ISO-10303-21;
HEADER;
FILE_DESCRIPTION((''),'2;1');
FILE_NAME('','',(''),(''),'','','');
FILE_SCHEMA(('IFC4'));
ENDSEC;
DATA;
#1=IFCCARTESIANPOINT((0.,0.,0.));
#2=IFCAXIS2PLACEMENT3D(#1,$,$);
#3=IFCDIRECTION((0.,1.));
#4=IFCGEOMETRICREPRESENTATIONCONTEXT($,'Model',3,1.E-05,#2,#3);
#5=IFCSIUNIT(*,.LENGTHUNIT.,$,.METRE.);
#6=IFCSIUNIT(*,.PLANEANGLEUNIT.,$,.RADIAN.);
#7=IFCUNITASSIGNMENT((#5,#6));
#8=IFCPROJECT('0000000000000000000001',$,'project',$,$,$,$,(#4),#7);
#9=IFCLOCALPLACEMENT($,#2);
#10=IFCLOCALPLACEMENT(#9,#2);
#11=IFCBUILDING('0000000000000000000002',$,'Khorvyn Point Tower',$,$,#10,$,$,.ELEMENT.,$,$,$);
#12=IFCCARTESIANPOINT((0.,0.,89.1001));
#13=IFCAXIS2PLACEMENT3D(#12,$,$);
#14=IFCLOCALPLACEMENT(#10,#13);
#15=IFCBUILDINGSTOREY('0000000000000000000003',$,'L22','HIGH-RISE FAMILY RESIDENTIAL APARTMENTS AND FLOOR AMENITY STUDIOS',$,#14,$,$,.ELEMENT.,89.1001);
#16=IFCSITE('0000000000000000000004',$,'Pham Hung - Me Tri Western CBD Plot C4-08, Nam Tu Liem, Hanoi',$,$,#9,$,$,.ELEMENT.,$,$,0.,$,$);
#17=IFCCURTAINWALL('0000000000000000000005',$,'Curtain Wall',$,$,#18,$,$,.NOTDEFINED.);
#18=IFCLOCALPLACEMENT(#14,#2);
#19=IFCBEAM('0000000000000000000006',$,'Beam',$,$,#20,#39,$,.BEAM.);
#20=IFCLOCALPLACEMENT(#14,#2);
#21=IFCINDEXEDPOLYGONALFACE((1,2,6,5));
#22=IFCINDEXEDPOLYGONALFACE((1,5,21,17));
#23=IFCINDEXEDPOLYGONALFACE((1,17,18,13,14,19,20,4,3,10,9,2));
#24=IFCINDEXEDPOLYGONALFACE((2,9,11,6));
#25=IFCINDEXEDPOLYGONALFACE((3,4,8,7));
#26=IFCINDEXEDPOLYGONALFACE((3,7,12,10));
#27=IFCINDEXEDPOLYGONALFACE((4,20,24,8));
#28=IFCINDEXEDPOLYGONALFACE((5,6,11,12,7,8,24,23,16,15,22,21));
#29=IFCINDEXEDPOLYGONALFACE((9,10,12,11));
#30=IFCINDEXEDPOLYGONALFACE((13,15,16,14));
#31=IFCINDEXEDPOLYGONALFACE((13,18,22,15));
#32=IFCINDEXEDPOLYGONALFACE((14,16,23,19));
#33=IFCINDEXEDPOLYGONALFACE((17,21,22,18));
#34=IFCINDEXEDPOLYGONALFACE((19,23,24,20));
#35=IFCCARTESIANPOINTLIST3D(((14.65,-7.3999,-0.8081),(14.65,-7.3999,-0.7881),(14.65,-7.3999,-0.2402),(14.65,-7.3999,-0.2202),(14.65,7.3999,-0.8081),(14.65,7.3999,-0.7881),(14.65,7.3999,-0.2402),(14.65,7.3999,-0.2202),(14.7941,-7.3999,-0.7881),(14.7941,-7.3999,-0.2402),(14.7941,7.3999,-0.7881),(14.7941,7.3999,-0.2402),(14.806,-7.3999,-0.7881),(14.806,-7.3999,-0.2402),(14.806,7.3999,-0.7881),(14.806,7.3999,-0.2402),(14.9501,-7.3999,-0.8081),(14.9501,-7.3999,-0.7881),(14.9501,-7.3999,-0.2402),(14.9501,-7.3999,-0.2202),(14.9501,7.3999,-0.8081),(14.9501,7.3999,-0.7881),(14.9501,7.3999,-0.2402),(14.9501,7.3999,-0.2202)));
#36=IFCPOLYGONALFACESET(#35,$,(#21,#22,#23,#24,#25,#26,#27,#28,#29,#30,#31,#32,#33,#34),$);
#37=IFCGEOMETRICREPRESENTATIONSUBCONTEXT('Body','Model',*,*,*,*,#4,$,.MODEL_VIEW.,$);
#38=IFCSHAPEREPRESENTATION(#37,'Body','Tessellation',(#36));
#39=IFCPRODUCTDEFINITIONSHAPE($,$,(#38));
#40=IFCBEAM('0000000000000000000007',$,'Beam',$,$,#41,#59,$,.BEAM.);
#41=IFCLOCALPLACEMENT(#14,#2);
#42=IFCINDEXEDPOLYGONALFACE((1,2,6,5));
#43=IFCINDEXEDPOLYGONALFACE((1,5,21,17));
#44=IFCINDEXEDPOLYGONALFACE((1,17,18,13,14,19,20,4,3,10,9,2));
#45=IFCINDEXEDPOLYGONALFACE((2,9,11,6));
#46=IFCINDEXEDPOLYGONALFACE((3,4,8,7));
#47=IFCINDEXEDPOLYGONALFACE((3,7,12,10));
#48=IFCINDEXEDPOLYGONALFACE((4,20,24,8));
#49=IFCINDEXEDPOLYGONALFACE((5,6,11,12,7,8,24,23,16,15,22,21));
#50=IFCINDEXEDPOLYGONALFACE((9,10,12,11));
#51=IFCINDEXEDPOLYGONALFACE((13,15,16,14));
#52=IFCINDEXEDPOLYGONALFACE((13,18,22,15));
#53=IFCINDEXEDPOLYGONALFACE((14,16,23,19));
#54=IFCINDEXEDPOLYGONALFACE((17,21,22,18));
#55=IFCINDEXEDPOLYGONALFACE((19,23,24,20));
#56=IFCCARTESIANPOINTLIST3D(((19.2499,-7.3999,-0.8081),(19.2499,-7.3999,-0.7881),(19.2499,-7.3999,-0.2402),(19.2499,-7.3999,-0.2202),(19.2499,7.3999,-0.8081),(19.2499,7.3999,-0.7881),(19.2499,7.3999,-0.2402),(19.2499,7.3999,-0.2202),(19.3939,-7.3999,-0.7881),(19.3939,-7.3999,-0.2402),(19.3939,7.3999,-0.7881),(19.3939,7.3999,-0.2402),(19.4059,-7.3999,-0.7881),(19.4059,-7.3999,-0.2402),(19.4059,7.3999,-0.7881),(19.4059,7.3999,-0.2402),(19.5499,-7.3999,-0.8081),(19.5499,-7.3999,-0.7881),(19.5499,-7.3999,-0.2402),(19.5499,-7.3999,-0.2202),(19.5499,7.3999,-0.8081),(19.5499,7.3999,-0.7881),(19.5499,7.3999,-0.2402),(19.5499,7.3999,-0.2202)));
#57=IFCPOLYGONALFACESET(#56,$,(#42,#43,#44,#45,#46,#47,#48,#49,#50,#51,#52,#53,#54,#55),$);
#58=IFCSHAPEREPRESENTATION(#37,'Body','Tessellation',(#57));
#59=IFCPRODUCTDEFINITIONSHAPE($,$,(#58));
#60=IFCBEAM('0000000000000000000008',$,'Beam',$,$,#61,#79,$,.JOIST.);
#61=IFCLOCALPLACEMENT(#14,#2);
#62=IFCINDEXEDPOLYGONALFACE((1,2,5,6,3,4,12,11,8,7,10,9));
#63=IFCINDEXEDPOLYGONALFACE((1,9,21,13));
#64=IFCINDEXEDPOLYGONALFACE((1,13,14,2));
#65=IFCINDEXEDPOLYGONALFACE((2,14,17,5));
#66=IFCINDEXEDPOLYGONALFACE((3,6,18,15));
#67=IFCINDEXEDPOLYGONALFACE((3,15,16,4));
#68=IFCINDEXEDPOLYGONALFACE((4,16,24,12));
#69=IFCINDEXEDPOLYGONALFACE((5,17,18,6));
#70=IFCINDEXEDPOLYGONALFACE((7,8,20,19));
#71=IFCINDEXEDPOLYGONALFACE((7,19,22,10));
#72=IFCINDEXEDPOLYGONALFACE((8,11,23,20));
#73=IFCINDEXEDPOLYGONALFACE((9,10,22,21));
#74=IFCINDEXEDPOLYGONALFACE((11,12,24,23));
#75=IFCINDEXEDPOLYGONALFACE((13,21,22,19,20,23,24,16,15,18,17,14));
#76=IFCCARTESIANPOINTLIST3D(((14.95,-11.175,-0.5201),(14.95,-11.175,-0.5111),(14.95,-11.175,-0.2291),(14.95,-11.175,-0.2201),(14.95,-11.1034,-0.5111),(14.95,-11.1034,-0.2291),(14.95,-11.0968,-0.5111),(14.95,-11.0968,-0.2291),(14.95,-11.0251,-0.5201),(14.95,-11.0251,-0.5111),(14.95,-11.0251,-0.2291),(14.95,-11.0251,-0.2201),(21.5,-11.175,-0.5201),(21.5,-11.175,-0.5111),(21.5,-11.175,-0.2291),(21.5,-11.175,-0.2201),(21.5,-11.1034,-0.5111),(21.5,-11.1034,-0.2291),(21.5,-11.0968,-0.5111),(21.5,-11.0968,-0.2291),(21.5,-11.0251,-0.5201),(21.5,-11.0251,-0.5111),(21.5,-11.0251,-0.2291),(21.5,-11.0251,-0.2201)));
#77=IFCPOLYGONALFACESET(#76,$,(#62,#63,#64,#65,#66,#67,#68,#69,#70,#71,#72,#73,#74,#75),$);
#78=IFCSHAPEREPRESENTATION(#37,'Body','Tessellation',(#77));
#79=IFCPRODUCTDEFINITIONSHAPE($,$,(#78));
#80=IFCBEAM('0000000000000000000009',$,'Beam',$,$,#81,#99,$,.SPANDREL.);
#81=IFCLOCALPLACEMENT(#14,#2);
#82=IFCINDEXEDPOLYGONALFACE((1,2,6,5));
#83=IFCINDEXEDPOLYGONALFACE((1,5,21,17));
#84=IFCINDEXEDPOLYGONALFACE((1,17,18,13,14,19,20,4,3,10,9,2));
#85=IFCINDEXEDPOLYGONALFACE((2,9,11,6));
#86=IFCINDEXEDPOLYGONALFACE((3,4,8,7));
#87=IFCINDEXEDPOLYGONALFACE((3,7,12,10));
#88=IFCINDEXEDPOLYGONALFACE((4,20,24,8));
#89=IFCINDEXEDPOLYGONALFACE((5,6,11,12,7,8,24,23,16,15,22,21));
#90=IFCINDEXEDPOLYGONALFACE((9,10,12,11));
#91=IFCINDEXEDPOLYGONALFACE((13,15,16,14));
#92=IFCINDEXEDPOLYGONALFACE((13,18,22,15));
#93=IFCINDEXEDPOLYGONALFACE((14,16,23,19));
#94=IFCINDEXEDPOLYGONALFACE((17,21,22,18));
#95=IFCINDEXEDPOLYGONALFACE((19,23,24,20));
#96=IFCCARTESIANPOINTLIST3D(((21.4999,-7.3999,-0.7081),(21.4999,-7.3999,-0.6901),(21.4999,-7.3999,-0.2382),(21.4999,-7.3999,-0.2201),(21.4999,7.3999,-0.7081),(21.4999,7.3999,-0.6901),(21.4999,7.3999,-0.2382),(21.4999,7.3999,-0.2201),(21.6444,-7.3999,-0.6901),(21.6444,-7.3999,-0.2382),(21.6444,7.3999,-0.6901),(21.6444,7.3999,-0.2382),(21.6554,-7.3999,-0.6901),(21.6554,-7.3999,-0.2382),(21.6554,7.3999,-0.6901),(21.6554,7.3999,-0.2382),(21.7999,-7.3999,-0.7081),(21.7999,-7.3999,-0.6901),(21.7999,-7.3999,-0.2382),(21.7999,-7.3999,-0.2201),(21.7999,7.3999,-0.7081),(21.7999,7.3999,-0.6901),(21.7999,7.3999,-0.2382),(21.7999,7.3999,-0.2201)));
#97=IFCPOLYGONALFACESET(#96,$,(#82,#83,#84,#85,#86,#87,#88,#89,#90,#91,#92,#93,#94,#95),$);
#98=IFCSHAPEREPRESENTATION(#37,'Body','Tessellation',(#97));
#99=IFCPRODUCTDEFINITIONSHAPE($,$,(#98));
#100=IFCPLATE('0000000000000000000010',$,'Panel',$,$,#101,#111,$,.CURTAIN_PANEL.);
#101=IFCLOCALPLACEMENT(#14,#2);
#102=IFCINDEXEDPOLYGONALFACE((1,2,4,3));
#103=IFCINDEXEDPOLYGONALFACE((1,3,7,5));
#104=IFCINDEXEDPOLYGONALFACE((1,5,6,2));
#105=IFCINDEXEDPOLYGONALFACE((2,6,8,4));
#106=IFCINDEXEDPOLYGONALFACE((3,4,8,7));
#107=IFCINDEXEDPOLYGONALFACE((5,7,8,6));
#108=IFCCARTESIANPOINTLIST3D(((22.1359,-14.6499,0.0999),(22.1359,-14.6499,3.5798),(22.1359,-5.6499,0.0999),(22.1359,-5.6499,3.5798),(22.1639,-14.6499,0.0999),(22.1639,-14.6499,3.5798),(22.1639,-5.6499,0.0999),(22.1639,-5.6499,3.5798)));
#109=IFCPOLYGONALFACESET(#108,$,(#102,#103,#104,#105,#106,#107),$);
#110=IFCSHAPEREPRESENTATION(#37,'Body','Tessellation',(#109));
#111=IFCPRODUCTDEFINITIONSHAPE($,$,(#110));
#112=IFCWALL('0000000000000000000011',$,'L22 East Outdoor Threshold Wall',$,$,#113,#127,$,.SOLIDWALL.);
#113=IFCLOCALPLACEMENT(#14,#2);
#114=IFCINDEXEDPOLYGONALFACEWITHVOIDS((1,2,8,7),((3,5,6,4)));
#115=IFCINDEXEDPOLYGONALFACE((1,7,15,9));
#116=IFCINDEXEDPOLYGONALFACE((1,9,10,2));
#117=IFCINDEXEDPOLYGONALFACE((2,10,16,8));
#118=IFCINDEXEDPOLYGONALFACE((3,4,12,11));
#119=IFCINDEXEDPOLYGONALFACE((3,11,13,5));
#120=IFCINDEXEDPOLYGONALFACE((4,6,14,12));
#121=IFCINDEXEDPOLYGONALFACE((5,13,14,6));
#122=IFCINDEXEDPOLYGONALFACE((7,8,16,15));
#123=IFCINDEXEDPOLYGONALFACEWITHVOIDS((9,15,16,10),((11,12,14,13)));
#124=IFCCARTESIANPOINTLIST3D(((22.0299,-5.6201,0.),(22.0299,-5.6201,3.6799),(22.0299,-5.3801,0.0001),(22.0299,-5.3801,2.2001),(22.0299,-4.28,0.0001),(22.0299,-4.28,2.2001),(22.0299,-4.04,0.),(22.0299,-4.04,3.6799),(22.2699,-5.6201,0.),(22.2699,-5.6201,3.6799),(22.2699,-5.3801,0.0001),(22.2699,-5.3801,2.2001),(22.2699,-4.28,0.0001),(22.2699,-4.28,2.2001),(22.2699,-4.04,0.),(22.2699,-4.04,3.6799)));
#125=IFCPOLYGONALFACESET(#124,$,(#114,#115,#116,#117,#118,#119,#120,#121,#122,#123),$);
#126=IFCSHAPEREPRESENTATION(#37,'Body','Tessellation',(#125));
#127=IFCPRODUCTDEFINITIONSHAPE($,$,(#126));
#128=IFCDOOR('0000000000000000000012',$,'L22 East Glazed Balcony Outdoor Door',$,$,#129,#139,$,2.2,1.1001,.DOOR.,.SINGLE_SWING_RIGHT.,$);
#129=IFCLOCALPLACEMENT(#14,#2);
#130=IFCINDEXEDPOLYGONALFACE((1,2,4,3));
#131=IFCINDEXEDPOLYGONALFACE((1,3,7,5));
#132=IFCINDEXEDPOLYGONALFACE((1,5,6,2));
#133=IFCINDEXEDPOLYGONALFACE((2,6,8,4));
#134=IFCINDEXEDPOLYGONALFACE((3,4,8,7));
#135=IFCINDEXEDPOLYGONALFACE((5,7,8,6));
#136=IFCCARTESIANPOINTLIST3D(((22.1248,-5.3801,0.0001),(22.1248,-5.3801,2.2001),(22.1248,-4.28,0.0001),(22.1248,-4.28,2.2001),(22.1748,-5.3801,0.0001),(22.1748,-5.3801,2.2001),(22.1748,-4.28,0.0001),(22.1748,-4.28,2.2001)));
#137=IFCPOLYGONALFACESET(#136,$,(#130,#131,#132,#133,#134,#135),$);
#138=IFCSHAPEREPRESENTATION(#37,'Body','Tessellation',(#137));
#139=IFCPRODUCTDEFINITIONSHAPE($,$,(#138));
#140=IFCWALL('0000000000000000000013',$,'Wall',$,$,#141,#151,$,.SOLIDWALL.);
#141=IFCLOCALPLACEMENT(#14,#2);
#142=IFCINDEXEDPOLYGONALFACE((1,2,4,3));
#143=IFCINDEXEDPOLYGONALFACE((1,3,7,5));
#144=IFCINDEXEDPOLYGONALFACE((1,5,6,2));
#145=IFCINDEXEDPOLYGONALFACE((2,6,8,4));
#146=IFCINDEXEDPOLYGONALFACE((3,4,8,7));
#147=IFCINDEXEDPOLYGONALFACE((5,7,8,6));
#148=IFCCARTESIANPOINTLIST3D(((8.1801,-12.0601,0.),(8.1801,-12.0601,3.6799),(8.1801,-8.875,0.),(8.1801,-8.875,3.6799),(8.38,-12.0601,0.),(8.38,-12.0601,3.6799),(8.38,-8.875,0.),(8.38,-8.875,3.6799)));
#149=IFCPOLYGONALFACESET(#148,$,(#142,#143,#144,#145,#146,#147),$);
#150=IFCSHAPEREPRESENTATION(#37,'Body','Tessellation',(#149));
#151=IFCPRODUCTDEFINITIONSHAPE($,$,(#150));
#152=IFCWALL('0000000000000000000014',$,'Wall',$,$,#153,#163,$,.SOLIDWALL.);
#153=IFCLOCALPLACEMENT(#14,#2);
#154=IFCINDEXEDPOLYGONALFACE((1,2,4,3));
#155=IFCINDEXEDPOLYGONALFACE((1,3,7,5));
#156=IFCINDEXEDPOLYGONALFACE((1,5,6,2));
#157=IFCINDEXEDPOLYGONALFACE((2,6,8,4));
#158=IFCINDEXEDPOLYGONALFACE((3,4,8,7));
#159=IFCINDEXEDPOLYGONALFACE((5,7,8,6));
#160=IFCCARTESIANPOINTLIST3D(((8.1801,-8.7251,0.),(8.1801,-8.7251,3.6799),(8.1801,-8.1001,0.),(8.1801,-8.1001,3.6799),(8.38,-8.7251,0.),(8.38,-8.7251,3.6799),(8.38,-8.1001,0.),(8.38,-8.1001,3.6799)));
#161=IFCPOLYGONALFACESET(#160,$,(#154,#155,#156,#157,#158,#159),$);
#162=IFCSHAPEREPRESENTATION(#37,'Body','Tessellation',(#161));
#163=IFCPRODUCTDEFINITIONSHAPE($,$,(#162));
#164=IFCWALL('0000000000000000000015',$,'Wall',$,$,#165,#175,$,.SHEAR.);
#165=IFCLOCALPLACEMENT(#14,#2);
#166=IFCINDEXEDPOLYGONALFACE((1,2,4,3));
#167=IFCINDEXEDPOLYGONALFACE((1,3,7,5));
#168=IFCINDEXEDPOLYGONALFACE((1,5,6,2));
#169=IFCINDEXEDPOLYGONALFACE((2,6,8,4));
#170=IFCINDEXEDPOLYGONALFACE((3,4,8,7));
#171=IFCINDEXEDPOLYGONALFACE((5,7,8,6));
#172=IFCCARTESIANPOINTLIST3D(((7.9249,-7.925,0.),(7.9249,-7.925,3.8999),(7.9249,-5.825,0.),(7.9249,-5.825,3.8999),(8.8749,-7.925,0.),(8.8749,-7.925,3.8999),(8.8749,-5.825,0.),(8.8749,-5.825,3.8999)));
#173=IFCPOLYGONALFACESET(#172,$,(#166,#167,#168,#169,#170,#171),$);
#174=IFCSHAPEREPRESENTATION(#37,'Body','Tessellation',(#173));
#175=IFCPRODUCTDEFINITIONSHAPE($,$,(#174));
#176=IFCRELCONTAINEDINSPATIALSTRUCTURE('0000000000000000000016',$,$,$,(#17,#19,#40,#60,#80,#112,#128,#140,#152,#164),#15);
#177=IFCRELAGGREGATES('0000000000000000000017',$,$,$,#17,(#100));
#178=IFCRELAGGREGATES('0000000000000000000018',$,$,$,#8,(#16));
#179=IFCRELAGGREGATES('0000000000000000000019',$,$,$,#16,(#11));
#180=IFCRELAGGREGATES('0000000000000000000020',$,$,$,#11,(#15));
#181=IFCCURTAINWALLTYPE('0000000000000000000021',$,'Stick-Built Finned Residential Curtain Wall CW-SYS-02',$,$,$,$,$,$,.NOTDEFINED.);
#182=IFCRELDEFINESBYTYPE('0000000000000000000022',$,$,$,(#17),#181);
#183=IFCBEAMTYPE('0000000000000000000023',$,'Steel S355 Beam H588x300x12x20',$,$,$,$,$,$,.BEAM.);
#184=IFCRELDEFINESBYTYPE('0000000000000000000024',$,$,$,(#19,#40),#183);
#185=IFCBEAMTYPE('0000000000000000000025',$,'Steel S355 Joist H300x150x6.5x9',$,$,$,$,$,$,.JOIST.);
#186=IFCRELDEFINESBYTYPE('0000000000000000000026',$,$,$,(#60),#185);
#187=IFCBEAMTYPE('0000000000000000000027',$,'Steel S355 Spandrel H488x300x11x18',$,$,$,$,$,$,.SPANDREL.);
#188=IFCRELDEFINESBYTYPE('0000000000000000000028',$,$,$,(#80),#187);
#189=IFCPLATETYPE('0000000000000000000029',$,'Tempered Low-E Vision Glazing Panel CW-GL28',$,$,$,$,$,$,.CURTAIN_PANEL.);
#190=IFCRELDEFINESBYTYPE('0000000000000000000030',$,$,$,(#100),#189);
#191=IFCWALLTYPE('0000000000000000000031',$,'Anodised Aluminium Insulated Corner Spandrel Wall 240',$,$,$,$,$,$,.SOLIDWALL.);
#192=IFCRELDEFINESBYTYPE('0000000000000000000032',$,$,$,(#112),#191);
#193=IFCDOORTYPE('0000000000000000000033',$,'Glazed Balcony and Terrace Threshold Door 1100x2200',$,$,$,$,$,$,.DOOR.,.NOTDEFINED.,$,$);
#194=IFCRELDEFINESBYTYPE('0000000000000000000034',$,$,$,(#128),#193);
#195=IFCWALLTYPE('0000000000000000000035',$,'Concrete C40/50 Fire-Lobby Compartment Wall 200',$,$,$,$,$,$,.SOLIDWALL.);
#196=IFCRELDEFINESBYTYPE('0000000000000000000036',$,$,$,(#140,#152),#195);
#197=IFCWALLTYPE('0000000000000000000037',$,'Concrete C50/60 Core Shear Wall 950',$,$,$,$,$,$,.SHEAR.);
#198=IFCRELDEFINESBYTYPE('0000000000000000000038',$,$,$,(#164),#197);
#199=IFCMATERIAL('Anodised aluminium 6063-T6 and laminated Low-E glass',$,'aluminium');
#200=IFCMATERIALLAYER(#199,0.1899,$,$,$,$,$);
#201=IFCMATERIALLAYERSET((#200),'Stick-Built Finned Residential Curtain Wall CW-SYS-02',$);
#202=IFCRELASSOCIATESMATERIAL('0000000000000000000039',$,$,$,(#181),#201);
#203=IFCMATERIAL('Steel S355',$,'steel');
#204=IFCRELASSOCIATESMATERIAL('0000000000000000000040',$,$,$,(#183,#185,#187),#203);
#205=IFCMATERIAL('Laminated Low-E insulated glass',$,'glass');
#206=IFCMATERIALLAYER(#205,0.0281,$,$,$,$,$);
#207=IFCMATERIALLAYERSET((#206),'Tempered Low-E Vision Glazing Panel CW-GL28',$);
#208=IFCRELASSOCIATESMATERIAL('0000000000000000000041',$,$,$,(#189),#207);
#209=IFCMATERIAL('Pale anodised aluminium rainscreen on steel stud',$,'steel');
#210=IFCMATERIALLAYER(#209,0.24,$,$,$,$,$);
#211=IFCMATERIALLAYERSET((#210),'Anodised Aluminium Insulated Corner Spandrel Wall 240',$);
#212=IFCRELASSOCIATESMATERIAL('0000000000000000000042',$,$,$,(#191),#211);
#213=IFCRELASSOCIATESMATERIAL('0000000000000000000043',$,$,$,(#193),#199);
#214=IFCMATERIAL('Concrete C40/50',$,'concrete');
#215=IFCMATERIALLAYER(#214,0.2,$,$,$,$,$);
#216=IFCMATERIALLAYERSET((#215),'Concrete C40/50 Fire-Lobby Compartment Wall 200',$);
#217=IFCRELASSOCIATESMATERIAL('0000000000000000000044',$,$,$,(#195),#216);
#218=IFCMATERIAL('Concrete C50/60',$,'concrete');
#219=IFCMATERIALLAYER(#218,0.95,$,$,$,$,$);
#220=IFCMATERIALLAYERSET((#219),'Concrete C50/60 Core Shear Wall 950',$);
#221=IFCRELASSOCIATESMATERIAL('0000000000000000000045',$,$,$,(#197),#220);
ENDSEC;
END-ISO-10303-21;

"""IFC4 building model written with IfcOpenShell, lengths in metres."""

from ifc_helpers import new_model, si_unit, direction, frame, frame_2d, origin, origin_2d, place, context, subcontext, project, spatial, rectangle, i_section, extrude, material, layer, layer_set, material_profile, profile_set, type_object, element, fill, aggregate, save


model = new_model("IFC4")

# Units and contexts
model_context = context("Model", 3, precision=1e-05, world=origin(), true_north=direction((0.0, 1.0)))
body_context = subcontext(model_context, "Body", "Model", "MODEL_VIEW")
ifc_project = project(units=[si_unit("LENGTHUNIT", "METRE"), si_unit("PLANEANGLEUNIT", "RADIAN")], contexts=[model_context])

# Site, building, storey
site_placement = place(None, origin())
site = spatial("IfcSite", under=ifc_project, at=site_placement, Name="Pham Hung - Me Tri Western CBD Plot C4-08, Nam Tu Liem, Hanoi", CompositionType="ELEMENT", RefElevation=0.0)
building_placement = place(site_placement, origin())
building = spatial("IfcBuilding", under=site, at=building_placement, Name="Khorvyn Point Tower", CompositionType="ELEMENT")
storey_placement = place(building_placement, frame((0.0, 0.0, 89.1001)))
storey = spatial("IfcBuildingStorey", under=building, at=storey_placement, Name="L22", Description="HIGH-RISE FAMILY RESIDENTIAL APARTMENTS AND FLOOR AMENITY STUDIOS", CompositionType="ELEMENT", Elevation=89.1001)

# Shared definitions
ifc_material_1 = material(Name="Concrete C50/60", Category="concrete")

# Shared definitions
ifc_material_2 = material(Name="Anodised aluminium 6063-T6 and laminated Low-E glass", Category="aluminium")
ifc_layer_1 = layer(ifc_material_2, 0.1899)
ifc_layer_set_1 = layer_set([ifc_layer_1], Name="Stick-Built Finned Residential Curtain Wall CW-SYS-02")
curtain_wall_type = type_object("IfcCurtainWallType", Name="Stick-Built Finned Residential Curtain Wall CW-SYS-02", PredefinedType="NOTDEFINED", material=ifc_layer_set_1)

# Curtain wall
curtain_wall_1_placement = place(storey_placement, origin())
curtain_wall_1 = element("IfcCurtainWall", 1, at=curtain_wall_1_placement, inside=storey, type_object=curtain_wall_type, Name="Curtain Wall", PredefinedType="NOTDEFINED")

# Beams
ifc_material_3 = material(Name="Steel S355", Category="steel")
ifc_material_profile_1 = material_profile(ifc_material_3, i_section(OverallWidth=0.3, OverallDepth=0.5879, WebThickness=0.012, FlangeThickness=0.02, at=origin_2d()))
ifc_profile_set_1 = profile_set([ifc_material_profile_1], Name="Steel S355 H588x300x12x20")
beam_type_1 = type_object("IfcBeamType", Name="Steel S355 Beam H588x300x12x20", PredefinedType="BEAM", material=ifc_profile_set_1)
for number, where, z_axis, x_axis, name in (
    (2, (14.8, -7.3999, -0.5142), (0.0, 1.0, 0.0), (-1.0, 0.0, 0.0), "Beam"),
    (3, (19.3999, -7.3999, -0.5142), (0.0, 1.0, 0.0), (-1.0, 0.0, 0.0), "Beam"),
):
    element("IfcBeam", number, at=place(storey_placement, frame(where, z_axis=z_axis, x_axis=x_axis)), inside=storey, type_object=beam_type_1, Name=name, PredefinedType="BEAM", context=body_context, shape_type="SweptSolid", body=[
        extrude(i_section(OverallWidth=0.3, OverallDepth=0.5879, WebThickness=0.012, FlangeThickness=0.02, at=origin_2d()), origin(), (0.0, 0.0, 1.0), 14.7998),
    ])
ifc_material_profile_2 = material_profile(ifc_material_3, i_section(OverallWidth=0.1499, OverallDepth=0.3, WebThickness=0.0066, FlangeThickness=0.009, at=origin_2d()))
ifc_profile_set_2 = profile_set([ifc_material_profile_2], Name="Steel S355 H300x150x6.5x9")
beam_type_2 = type_object("IfcBeamType", Name="Steel S355 Joist H300x150x6.5x9", PredefinedType="JOIST", material=ifc_profile_set_2)
beam_1_placement = place(storey_placement, frame((14.95, -11.1001, -0.3701), z_axis=(1.0, 0.0, 0.0), x_axis=(0.0, 1.0, 0.0)))
element("IfcBeam", 4, at=beam_1_placement, inside=storey, type_object=beam_type_2, Name="Beam", PredefinedType="JOIST", context=body_context, shape_type="SweptSolid", body=[
    extrude(i_section(OverallWidth=0.1499, OverallDepth=0.3, WebThickness=0.0066, FlangeThickness=0.009, at=origin_2d()), origin(), (0.0, 0.0, 1.0), 6.55),
])
ifc_material_profile_3 = material_profile(ifc_material_3, i_section(OverallWidth=0.3, OverallDepth=0.488, WebThickness=0.011, FlangeThickness=0.0181, at=origin_2d()))
ifc_profile_set_3 = profile_set([ifc_material_profile_3], Name="Steel S355 H488x300x11x18")
beam_type_3 = type_object("IfcBeamType", Name="Steel S355 Spandrel H488x300x11x18", PredefinedType="SPANDREL", material=ifc_profile_set_3)
beam_2_placement = place(storey_placement, frame((21.6499, -7.3999, -0.4641), z_axis=(0.0, 1.0, 0.0), x_axis=(-1.0, 0.0, 0.0)))
element("IfcBeam", 5, at=beam_2_placement, inside=storey, type_object=beam_type_3, Name="Beam", PredefinedType="SPANDREL", context=body_context, shape_type="SweptSolid", body=[
    extrude(i_section(OverallWidth=0.3, OverallDepth=0.488, WebThickness=0.011, FlangeThickness=0.0181, at=origin_2d()), origin(), (0.0, 0.0, 1.0), 14.7998),
])

# Plate
ifc_material_4 = material(Name="Laminated Low-E insulated glass", Category="glass")
ifc_layer_2 = layer(ifc_material_4, 0.0281)
ifc_layer_set_2 = layer_set([ifc_layer_2], Name="Tempered Low-E Vision Glazing Panel CW-GL28")
plate_type = type_object("IfcPlateType", Name="Tempered Low-E Vision Glazing Panel CW-GL28", PredefinedType="CURTAIN_PANEL", material=ifc_layer_set_2)
plate_placement = place(storey_placement, frame((22.1499, -10.1499, 0.0999), z_axis=(0.0, 0.0, 1.0), x_axis=(0.0, -1.0, 0.0)))
plate = element("IfcPlate", 6, at=plate_placement, type_object=plate_type, Name="Panel", PredefinedType="CURTAIN_PANEL", context=body_context, shape_type="SweptSolid", body=[
    extrude(rectangle(XDim=9.0, YDim=0.0281, at=origin_2d()), origin(), (0.0, 0.0, 1.0), 3.48),
])
aggregate(curtain_wall_1, [plate])

# Wall, opening, door
ifc_material_5 = material(Name="Pale anodised aluminium rainscreen on steel stud", Category="steel")
ifc_layer_3 = layer(ifc_material_5, 0.24)
ifc_layer_set_3 = layer_set([ifc_layer_3], Name="Anodised Aluminium Insulated Corner Spandrel Wall 240")
wall_type_1 = type_object("IfcWallType", Name="Anodised Aluminium Insulated Corner Spandrel Wall 240", PredefinedType="SOLIDWALL", material=ifc_layer_set_3)
wall_1_placement = place(storey_placement, frame((22.1499, -4.04, 0.0), z_axis=(0.0, 0.0, 1.0), x_axis=(0.0, -1.0, 0.0)))
wall_1 = element("IfcWall", 7, at=wall_1_placement, inside=storey, type_object=wall_type_1, Name="L22 East Outdoor Threshold Wall", PredefinedType="SOLIDWALL", context=body_context, shape_type="SweptSolid", body=[
    extrude(rectangle(XDim=1.5801, YDim=0.24, at=frame_2d((0.79, 0.0))), origin(), (0.0, 0.0, 1.0), 3.6799),
])
opening_placement = place(wall_1_placement, frame((0.24, 0.0, 0.0)))
opening = element("IfcOpeningElement", 8, at=opening_placement, cuts=wall_1, PredefinedType="OPENING", context=body_context, shape_type="SweptSolid", body=[
    extrude(rectangle(XDim=1.1001, YDim=2.2, at=frame_2d((0.55, 1.1001))), frame((0.0, 0.1299, 0.0), z_axis=(0.0, -1.0, 0.0), x_axis=(1.0, 0.0, 0.0)), (0.0, 0.0, 1.0), 0.26),
])
door_type = type_object("IfcDoorType", Name="Glazed Balcony and Terrace Threshold Door 1100x2200", OperationType="NOTDEFINED", PredefinedType="DOOR", material=ifc_material_2)
door_placement = place(opening_placement, origin())
door = element("IfcDoor", 9, at=door_placement, inside=storey, type_object=door_type, Name="L22 East Glazed Balcony Outdoor Door", OperationType="SINGLE_SWING_RIGHT", OverallHeight=2.2, OverallWidth=1.1001, PredefinedType="DOOR", context=body_context, shape_type="SweptSolid", body=[
    extrude(rectangle(XDim=1.1001, YDim=2.2, at=frame_2d((0.55, 1.1001))), frame((0.0, 0.0249, 0.0), z_axis=(0.0, -1.0, 0.0), x_axis=(1.0, 0.0, 0.0)), (0.0, 0.0, 1.0), 0.05),
])
fill(opening, door)

# Walls
ifc_material_6 = material(Name="Concrete C40/50", Category="concrete")
ifc_layer_4 = layer(ifc_material_6, 0.2)
ifc_layer_set_4 = layer_set([ifc_layer_4], Name="Concrete C40/50 Fire-Lobby Compartment Wall 200")
wall_type_2 = type_object("IfcWallType", Name="Concrete C40/50 Fire-Lobby Compartment Wall 200", PredefinedType="SOLIDWALL", material=ifc_layer_set_4)
wall_2_placement = place(storey_placement, frame((8.28, -12.0601, 0.0), z_axis=(0.0, 0.0, 1.0), x_axis=(0.0, 1.0, 0.0)))
element("IfcWall", 10, at=wall_2_placement, inside=storey, type_object=wall_type_2, Name="Wall", PredefinedType="SOLIDWALL", context=body_context, shape_type="SweptSolid", body=[
    extrude(rectangle(XDim=3.1851, YDim=0.2, at=frame_2d((1.5925, 0.0))), origin(), (0.0, 0.0, 1.0), 3.6799),
])
wall_3_placement = place(storey_placement, frame((8.28, -8.7251, 0.0), z_axis=(0.0, 0.0, 1.0), x_axis=(0.0, 1.0, 0.0)))
element("IfcWall", 11, at=wall_3_placement, inside=storey, type_object=wall_type_2, Name="Wall", PredefinedType="SOLIDWALL", context=body_context, shape_type="SweptSolid", body=[
    extrude(rectangle(XDim=0.625, YDim=0.2, at=frame_2d((0.3125, 0.0))), origin(), (0.0, 0.0, 1.0), 3.6799),
])
ifc_layer_5 = layer(ifc_material_1, 0.95)
ifc_layer_set_5 = layer_set([ifc_layer_5], Name="Concrete C50/60 Core Shear Wall 950")
wall_type_3 = type_object("IfcWallType", Name="Concrete C50/60 Core Shear Wall 950", PredefinedType="SHEAR", material=ifc_layer_set_5)
wall_4_placement = place(storey_placement, frame((8.3999, -7.925, 0.0), z_axis=(0.0, 0.0, 1.0), x_axis=(0.0, 1.0, 0.0)))
element("IfcWall", 12, at=wall_4_placement, inside=storey, type_object=wall_type_3, Name="Wall", PredefinedType="SHEAR", context=body_context, shape_type="SweptSolid", body=[
    extrude(rectangle(XDim=2.1001, YDim=0.95, at=frame_2d((1.05, 0.0))), origin(), (0.0, 0.0, 1.0), 3.8999),
])

save(model, "model.ifc")
